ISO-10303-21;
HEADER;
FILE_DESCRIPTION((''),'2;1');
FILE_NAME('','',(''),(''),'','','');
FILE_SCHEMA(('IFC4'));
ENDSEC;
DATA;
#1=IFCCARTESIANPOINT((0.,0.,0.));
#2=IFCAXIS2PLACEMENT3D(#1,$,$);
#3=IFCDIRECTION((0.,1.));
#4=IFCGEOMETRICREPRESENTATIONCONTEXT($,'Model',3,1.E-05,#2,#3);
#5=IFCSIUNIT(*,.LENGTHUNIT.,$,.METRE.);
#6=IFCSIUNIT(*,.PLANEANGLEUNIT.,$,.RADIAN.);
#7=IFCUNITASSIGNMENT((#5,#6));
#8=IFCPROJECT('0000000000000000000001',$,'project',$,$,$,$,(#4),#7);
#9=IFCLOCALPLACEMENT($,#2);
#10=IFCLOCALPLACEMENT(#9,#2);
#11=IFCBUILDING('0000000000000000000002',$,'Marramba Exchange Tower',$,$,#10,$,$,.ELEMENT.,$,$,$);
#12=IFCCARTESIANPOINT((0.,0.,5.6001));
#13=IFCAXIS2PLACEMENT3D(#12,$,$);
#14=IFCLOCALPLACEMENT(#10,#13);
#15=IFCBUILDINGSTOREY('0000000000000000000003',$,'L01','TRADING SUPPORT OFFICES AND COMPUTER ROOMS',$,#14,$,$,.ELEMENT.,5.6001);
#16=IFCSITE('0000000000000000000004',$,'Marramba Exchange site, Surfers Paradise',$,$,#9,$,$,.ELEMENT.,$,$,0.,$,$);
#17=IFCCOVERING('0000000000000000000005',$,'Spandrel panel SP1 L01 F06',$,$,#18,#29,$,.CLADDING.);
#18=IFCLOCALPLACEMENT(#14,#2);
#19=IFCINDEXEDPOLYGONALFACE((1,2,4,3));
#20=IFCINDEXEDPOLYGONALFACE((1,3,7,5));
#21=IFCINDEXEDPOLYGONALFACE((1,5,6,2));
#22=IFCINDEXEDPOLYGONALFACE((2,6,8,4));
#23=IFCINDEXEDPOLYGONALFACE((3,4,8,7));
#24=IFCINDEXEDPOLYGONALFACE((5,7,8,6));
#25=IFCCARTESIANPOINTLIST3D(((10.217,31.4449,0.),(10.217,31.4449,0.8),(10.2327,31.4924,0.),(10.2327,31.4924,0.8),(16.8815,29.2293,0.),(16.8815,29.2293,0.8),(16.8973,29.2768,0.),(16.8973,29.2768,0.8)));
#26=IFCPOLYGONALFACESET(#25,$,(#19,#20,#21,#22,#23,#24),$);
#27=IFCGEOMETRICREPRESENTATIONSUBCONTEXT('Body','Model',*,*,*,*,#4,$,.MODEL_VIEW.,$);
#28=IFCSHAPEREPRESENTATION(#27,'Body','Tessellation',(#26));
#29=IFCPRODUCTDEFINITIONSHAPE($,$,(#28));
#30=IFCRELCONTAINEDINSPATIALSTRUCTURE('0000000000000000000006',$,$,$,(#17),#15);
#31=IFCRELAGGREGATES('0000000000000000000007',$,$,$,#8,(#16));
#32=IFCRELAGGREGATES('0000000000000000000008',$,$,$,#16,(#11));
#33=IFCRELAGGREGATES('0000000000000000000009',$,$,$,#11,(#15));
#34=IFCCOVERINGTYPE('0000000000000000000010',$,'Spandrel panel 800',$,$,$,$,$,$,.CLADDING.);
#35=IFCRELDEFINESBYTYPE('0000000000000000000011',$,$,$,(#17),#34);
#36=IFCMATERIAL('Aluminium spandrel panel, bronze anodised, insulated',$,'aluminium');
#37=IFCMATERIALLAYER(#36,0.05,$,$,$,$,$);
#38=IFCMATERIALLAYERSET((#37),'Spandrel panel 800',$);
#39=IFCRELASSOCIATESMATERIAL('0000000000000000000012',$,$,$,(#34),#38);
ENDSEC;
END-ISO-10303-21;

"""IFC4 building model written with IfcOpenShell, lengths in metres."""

from ifc_helpers import new_model, si_unit, direction, frame, origin, origin_2d, place, context, subcontext, project, spatial, rectangle, extrude, material, layer, layer_set, type_object, element, save


model = new_model("IFC4")

# Units and contexts
model_context = context("Model", 3, precision=1e-05, world=origin(), true_north=direction((0.0, 1.0)))
body_context = subcontext(model_context, "Body", "Model", "MODEL_VIEW")
ifc_project = project(units=[si_unit("LENGTHUNIT", "METRE"), si_unit("PLANEANGLEUNIT", "RADIAN")], contexts=[model_context])

# Site, building, storey
site_placement = place(None, origin())
site = spatial("IfcSite", under=ifc_project, at=site_placement, Name="Marramba Exchange site, Surfers Paradise", CompositionType="ELEMENT", RefElevation=0.0)
building_placement = place(site_placement, origin())
building = spatial("IfcBuilding", under=site, at=building_placement, Name="Marramba Exchange Tower", CompositionType="ELEMENT")
storey_placement = place(building_placement, frame((0.0, 0.0, 5.6001)))
storey = spatial("IfcBuildingStorey", under=building, at=storey_placement, Name="L01", Description="TRADING SUPPORT OFFICES AND COMPUTER ROOMS", CompositionType="ELEMENT", Elevation=5.6001)

# Covering
ifc_material_1 = material(Name="Aluminium spandrel panel, bronze anodised, insulated", Category="aluminium")
ifc_layer_1 = layer(ifc_material_1, 0.05)
ifc_layer_set_1 = layer_set([ifc_layer_1], Name="Spandrel panel 800")
covering_type = type_object("IfcCoveringType", Name="Spandrel panel 800", PredefinedType="CLADDING", material=ifc_layer_set_1)
covering_placement = place(storey_placement, frame((13.5571, 30.3608, 0.0), z_axis=(0.0, 0.0, 1.0), x_axis=(-0.948934, 0.315474, 0.0)))
element("IfcCovering", 1, at=covering_placement, inside=storey, type_object=covering_type, Name="Spandrel panel SP1 L01 F06", PredefinedType="CLADDING", context=body_context, shape_type="SweptSolid", body=[
    extrude(rectangle(XDim=7.0232, YDim=0.05, at=origin_2d()), origin(), (0.0, 0.0, 1.0), 0.8),
])

save(model, "model.ifc")
